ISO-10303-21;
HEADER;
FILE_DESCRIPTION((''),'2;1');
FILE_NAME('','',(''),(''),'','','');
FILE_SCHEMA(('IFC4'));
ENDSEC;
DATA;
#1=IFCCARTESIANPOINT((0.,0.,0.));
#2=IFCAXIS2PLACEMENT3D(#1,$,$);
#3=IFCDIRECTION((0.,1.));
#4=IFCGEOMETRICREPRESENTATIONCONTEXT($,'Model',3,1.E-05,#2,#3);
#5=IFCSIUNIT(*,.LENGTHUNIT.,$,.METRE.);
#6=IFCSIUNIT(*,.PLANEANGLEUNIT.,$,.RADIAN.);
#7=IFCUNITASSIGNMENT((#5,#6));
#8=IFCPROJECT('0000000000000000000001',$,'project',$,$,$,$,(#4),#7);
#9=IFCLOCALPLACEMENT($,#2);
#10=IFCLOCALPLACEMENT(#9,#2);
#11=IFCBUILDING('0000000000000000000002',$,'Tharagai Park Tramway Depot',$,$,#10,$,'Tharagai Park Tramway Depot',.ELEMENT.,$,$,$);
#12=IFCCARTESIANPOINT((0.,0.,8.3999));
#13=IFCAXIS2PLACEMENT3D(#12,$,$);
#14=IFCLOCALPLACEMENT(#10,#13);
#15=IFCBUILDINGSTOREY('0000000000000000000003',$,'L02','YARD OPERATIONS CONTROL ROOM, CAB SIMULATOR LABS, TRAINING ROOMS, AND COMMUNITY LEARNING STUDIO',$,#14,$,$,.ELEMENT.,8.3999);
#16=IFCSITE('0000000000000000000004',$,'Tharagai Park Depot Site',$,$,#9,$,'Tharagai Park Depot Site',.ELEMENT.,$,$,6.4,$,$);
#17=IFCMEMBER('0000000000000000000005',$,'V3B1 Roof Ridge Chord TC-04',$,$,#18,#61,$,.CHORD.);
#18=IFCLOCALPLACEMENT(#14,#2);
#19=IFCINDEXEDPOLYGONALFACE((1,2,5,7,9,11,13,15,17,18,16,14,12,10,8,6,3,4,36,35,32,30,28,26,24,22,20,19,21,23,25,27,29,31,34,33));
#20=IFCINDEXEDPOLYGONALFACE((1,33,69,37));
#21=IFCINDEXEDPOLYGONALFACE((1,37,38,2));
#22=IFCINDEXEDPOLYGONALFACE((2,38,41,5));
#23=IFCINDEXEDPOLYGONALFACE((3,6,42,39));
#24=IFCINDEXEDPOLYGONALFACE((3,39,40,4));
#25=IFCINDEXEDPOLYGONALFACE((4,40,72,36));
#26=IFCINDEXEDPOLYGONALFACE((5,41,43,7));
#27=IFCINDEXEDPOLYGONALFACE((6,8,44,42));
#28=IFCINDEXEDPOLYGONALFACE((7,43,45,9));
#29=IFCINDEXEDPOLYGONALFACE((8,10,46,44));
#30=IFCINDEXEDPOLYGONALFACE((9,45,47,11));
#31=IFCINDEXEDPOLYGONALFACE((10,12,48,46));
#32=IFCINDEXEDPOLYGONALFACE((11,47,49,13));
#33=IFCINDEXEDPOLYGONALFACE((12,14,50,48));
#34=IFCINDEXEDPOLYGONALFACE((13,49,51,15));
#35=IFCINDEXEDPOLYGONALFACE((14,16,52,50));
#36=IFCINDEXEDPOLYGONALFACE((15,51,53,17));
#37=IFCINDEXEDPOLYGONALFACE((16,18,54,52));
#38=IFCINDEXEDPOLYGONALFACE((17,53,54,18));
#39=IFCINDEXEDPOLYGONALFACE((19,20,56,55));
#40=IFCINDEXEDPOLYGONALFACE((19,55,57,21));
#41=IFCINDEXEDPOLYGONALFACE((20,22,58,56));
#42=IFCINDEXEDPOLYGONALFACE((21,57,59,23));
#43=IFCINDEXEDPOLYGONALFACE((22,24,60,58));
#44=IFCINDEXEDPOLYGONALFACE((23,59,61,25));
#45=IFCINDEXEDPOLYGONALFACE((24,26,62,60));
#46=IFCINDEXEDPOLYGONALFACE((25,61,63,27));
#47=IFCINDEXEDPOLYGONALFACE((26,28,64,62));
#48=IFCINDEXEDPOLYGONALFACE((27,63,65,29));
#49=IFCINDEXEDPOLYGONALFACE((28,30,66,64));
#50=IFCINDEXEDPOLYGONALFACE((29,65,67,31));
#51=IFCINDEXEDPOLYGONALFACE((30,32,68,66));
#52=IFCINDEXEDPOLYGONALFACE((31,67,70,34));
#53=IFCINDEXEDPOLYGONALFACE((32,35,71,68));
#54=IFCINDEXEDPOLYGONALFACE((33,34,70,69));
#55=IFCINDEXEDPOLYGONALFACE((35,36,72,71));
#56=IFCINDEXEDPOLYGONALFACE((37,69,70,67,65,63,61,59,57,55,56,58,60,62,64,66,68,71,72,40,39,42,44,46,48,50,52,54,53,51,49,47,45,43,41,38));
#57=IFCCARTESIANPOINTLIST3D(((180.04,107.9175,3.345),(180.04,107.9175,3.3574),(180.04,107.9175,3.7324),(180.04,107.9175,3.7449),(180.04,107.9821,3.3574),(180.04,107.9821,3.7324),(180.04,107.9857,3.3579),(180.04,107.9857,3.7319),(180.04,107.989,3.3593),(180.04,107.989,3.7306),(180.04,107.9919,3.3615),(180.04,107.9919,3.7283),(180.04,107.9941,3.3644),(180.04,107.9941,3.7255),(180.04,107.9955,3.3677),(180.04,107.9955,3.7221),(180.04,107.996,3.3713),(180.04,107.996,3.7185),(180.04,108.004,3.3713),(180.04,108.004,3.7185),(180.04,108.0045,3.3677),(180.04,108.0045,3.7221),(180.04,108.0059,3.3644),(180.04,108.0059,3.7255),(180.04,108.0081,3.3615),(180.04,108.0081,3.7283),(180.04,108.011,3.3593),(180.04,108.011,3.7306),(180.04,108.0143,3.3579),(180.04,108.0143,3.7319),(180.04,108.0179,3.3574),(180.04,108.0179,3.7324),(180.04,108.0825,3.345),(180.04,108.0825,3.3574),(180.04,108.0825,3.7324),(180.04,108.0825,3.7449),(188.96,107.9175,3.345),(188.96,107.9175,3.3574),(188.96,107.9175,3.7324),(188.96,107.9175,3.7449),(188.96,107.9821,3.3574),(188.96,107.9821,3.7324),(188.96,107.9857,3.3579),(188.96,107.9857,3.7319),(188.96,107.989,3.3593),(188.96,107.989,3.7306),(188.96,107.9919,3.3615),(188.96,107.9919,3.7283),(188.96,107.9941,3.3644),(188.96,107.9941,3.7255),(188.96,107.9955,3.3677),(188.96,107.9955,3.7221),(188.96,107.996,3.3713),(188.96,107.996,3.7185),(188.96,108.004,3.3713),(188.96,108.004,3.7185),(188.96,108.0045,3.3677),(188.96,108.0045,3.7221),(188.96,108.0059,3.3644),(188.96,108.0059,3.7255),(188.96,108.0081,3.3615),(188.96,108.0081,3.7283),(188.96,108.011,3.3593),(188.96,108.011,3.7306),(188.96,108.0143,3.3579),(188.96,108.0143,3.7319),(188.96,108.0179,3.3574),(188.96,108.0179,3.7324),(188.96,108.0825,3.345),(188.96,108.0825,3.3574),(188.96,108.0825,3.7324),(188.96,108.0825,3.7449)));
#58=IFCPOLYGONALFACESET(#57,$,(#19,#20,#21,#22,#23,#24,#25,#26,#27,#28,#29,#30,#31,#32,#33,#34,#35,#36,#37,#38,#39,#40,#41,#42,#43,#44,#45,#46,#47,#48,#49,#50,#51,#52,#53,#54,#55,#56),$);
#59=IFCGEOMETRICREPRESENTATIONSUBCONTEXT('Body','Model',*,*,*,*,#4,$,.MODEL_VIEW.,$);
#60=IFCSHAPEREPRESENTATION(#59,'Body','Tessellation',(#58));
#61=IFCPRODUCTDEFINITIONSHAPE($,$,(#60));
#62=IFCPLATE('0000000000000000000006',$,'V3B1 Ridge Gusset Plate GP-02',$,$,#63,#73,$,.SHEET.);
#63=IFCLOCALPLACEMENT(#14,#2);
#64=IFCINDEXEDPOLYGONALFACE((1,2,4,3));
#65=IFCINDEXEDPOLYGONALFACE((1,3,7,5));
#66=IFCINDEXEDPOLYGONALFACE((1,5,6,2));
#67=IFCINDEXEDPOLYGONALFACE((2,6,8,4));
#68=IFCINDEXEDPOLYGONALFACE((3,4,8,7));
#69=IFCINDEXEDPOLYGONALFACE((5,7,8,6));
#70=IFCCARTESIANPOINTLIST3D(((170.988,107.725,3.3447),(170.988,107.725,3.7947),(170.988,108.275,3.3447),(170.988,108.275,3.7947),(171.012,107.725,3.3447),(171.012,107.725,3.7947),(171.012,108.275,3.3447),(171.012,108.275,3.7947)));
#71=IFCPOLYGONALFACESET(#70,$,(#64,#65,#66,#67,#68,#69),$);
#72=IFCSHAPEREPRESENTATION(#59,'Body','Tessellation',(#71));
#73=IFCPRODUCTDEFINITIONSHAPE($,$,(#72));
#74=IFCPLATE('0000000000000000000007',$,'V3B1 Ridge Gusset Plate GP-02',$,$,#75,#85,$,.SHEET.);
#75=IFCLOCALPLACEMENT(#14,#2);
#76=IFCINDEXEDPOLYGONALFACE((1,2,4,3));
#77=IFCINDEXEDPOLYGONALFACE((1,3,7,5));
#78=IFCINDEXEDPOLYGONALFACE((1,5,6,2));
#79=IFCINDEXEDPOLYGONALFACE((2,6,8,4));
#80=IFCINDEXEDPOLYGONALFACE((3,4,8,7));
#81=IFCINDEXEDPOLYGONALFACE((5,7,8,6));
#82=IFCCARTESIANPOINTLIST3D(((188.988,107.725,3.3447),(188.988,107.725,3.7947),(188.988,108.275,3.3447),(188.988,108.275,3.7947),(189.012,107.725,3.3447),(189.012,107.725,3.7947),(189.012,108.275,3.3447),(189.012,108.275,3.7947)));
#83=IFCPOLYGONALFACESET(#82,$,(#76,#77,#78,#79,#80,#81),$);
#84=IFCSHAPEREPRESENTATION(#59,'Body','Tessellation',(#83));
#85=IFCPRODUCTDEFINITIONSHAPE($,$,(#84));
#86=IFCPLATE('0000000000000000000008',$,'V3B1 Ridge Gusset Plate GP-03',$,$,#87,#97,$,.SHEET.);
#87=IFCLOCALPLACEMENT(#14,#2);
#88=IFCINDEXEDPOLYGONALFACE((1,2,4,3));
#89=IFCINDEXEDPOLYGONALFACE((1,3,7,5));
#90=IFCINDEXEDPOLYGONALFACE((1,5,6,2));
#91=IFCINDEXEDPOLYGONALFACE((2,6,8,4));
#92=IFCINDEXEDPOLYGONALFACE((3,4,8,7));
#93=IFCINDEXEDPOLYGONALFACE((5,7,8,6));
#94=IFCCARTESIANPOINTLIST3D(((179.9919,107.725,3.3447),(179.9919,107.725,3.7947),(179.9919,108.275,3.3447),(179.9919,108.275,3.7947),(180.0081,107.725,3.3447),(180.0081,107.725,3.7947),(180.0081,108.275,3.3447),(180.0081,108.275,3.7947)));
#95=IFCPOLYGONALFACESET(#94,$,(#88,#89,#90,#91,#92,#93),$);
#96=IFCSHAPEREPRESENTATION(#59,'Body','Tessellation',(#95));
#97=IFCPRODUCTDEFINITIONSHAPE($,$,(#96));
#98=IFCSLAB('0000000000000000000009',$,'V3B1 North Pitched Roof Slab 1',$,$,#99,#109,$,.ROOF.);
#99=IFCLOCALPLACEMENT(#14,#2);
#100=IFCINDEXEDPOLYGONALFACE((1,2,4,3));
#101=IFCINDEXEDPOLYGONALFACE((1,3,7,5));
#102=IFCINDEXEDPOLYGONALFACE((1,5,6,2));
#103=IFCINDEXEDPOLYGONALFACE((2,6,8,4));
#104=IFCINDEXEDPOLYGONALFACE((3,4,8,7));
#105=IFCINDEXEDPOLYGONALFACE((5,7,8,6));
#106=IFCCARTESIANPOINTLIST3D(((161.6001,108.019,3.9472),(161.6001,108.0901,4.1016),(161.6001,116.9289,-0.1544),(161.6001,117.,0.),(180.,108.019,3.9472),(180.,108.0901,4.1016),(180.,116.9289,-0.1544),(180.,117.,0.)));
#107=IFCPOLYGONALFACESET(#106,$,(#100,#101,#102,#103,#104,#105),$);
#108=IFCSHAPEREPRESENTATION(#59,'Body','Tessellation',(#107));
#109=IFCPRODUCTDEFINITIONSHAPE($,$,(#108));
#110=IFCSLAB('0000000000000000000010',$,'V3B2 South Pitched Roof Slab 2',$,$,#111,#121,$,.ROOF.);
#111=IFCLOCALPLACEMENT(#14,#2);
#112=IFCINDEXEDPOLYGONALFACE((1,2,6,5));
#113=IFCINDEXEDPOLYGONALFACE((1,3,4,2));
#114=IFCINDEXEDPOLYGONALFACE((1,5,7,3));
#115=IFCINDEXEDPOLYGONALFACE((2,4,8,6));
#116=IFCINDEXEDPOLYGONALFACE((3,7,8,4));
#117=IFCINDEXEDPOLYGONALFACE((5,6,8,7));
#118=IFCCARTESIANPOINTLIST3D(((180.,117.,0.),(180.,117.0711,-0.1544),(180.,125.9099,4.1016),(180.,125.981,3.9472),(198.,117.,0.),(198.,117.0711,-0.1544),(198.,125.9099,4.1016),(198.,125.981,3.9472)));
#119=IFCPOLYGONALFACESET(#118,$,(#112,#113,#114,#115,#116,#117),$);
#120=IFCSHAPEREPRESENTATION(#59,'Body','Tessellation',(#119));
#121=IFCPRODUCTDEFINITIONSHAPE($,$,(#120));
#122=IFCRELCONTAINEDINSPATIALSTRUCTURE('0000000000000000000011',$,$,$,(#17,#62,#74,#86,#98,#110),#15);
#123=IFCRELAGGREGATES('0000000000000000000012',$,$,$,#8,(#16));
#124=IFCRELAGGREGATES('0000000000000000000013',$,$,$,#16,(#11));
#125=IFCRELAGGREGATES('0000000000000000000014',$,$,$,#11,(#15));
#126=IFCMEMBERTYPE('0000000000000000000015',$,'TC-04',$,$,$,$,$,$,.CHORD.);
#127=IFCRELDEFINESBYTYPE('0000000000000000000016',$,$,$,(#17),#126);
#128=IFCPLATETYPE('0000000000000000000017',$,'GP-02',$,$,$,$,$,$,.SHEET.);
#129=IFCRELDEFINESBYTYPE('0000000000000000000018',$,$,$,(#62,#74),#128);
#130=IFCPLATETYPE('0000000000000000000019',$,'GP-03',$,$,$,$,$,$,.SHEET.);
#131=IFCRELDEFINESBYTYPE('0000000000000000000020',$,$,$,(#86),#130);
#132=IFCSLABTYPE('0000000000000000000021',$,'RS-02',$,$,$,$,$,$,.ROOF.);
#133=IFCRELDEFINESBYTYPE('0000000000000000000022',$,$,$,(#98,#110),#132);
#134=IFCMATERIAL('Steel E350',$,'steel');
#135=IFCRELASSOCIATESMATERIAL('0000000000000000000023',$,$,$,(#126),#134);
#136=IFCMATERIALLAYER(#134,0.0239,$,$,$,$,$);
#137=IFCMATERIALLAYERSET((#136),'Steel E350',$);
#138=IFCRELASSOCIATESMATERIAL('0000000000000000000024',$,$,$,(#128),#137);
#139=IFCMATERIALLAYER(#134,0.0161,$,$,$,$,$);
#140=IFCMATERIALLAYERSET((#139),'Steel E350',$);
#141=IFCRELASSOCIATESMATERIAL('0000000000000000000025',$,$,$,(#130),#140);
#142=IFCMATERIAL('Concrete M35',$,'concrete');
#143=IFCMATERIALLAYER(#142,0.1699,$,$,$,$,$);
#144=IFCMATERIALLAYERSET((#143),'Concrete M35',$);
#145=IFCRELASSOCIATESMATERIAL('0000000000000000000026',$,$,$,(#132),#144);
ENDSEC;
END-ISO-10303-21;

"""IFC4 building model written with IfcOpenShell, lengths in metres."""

from ifc_helpers import new_model, si_unit, direction, frame, origin, origin_2d, place, context, subcontext, project, spatial, polyline, rectangle, i_section, outline, extrude, material, layer, layer_set, material_profile, profile_set, type_object, element, save


model = new_model("IFC4")

# Units and contexts
model_context = context("Model", 3, precision=1e-05, world=origin(), true_north=direction((0.0, 1.0)))
body_context = subcontext(model_context, "Body", "Model", "MODEL_VIEW")
ifc_project = project(units=[si_unit("LENGTHUNIT", "METRE"), si_unit("PLANEANGLEUNIT", "RADIAN")], contexts=[model_context])

# Site, building, storey
site_placement = place(None, origin())
site = spatial("IfcSite", under=ifc_project, at=site_placement, Name="Tharagai Park Depot Site", LongName="Tharagai Park Depot Site", CompositionType="ELEMENT", RefElevation=6.4)
building_placement = place(site_placement, origin())
building = spatial("IfcBuilding", under=site, at=building_placement, Name="Tharagai Park Tramway Depot", LongName="Tharagai Park Tramway Depot", CompositionType="ELEMENT")
storey_placement = place(building_placement, frame((0.0, 0.0, 8.3999)))
storey = spatial("IfcBuildingStorey", under=building, at=storey_placement, Name="L02", Description="YARD OPERATIONS CONTROL ROOM, CAB SIMULATOR LABS, TRAINING ROOMS, AND COMMUNITY LEARNING STUDIO", CompositionType="ELEMENT", Elevation=8.3999)

# Shared definitions
ifc_material_1 = material(Name="Steel E350", Category="steel")

# Member
ifc_material_profile_1 = material_profile(ifc_material_1, i_section(OverallWidth=0.165, OverallDepth=0.3999, WebThickness=0.0081, FlangeThickness=0.0125, FilletRadius=0.0139, at=origin_2d()), Name="ISLB 400")
ifc_profile_set_1 = profile_set([ifc_material_profile_1], Name="Steel E350")
member_type_1 = type_object("IfcMemberType", Name="TC-04", PredefinedType="CHORD", material=ifc_profile_set_1)
for number, where, z_axis, x_axis, name in (
    (1, (180.04, 108.0, 3.5449), (1.0, 0.0, 0.0), (0.0, 1.0, 0.0), "V3B1 Roof Ridge Chord TC-04"),
):
    element("IfcMember", number, at=place(storey_placement, frame(where, z_axis=z_axis, x_axis=x_axis)), inside=storey, type_object=member_type_1, Name=name, PredefinedType="CHORD", context=body_context, shape_type="SweptSolid", body=[
        extrude(i_section(OverallWidth=0.165, OverallDepth=0.3999, WebThickness=0.0081, FlangeThickness=0.0125, FilletRadius=0.0139, at=origin_2d()), origin(), (0.0, 0.0, 1.0), 8.9199),
    ])

# Plates
ifc_layer_1 = layer(ifc_material_1, 0.0239)
ifc_layer_set_1 = layer_set([ifc_layer_1], Name="Steel E350")
plate_type_1 = type_object("IfcPlateType", Name="GP-02", PredefinedType="SHEET", material=ifc_layer_set_1)
for number, where, z_axis, x_axis, name in (
    (2, (171.0, 108.0, 3.3447), (0.0, 0.0, 1.0), (1.0, 0.0, 0.0), "V3B1 Ridge Gusset Plate GP-02"),
    (3, (189.0, 108.0, 3.3447), (0.0, 0.0, 1.0), (1.0, 0.0, 0.0), "V3B1 Ridge Gusset Plate GP-02"),
):
    element("IfcPlate", number, at=place(storey_placement, frame(where, z_axis=z_axis, x_axis=x_axis)), inside=storey, type_object=plate_type_1, Name=name, PredefinedType="SHEET", context=body_context, shape_type="SweptSolid", body=[
        extrude(rectangle(XDim=0.0239, YDim=0.55, at=origin_2d()), origin(), (0.0, 0.0, 1.0), 0.45),
    ])
ifc_layer_2 = layer(ifc_material_1, 0.0161)
ifc_layer_set_2 = layer_set([ifc_layer_2], Name="Steel E350")
plate_type_2 = type_object("IfcPlateType", Name="GP-03", PredefinedType="SHEET", material=ifc_layer_set_2)
plate_placement = place(storey_placement, frame((180.0, 108.0, 3.3447), z_axis=(0.0, 0.0, 1.0), x_axis=(1.0, 0.0, 0.0)))
element("IfcPlate", 4, at=plate_placement, inside=storey, type_object=plate_type_2, Name="V3B1 Ridge Gusset Plate GP-03", PredefinedType="SHEET", context=body_context, shape_type="SweptSolid", body=[
    extrude(rectangle(XDim=0.0161, YDim=0.55, at=origin_2d()), origin(), (0.0, 0.0, 1.0), 0.45),
])

# Slabs
ifc_material_2 = material(Name="Concrete M35", Category="concrete")
ifc_layer_3 = layer(ifc_material_2, 0.1699)
ifc_layer_set_3 = layer_set([ifc_layer_3], Name="Concrete M35")
slab_type = type_object("IfcSlabType", Name="RS-02", PredefinedType="ROOF", material=ifc_layer_set_3)
slab_1_placement = place(storey_placement, frame((180.0, 117.0, 0.0), z_axis=(0.0, 0.418158, 0.908374), x_axis=(-1.0, 0.0, 0.0)))
element("IfcSlab", 5, at=slab_1_placement, inside=storey, type_object=slab_type, Name="V3B1 North Pitched Roof Slab 1", PredefinedType="ROOF", context=body_context, shape_type="SweptSolid", body=[
    extrude(outline(polyline([(0.0, 0.0), (18.3999, 0.0), (18.3999, 9.8086), (0.0, 9.8086), (0.0, 0.0)])), origin(), (0.0, 0.0, -1.0), 0.1699),
])
slab_2_placement = place(storey_placement, frame((180.0, 117.0, 0.0), z_axis=(0.0, -0.418158, 0.908374), x_axis=(1.0, 0.0, 0.0)))
element("IfcSlab", 6, at=slab_2_placement, inside=storey, type_object=slab_type, Name="V3B2 South Pitched Roof Slab 2", PredefinedType="ROOF", context=body_context, shape_type="SweptSolid", body=[
    extrude(outline(polyline([(0.0, 0.0), (18.0, 0.0), (18.0, 9.8086), (0.0, 9.8086), (0.0, 0.0)])), origin(), (0.0, 0.0, -1.0), 0.1699),
])

save(model, "model.ifc")
